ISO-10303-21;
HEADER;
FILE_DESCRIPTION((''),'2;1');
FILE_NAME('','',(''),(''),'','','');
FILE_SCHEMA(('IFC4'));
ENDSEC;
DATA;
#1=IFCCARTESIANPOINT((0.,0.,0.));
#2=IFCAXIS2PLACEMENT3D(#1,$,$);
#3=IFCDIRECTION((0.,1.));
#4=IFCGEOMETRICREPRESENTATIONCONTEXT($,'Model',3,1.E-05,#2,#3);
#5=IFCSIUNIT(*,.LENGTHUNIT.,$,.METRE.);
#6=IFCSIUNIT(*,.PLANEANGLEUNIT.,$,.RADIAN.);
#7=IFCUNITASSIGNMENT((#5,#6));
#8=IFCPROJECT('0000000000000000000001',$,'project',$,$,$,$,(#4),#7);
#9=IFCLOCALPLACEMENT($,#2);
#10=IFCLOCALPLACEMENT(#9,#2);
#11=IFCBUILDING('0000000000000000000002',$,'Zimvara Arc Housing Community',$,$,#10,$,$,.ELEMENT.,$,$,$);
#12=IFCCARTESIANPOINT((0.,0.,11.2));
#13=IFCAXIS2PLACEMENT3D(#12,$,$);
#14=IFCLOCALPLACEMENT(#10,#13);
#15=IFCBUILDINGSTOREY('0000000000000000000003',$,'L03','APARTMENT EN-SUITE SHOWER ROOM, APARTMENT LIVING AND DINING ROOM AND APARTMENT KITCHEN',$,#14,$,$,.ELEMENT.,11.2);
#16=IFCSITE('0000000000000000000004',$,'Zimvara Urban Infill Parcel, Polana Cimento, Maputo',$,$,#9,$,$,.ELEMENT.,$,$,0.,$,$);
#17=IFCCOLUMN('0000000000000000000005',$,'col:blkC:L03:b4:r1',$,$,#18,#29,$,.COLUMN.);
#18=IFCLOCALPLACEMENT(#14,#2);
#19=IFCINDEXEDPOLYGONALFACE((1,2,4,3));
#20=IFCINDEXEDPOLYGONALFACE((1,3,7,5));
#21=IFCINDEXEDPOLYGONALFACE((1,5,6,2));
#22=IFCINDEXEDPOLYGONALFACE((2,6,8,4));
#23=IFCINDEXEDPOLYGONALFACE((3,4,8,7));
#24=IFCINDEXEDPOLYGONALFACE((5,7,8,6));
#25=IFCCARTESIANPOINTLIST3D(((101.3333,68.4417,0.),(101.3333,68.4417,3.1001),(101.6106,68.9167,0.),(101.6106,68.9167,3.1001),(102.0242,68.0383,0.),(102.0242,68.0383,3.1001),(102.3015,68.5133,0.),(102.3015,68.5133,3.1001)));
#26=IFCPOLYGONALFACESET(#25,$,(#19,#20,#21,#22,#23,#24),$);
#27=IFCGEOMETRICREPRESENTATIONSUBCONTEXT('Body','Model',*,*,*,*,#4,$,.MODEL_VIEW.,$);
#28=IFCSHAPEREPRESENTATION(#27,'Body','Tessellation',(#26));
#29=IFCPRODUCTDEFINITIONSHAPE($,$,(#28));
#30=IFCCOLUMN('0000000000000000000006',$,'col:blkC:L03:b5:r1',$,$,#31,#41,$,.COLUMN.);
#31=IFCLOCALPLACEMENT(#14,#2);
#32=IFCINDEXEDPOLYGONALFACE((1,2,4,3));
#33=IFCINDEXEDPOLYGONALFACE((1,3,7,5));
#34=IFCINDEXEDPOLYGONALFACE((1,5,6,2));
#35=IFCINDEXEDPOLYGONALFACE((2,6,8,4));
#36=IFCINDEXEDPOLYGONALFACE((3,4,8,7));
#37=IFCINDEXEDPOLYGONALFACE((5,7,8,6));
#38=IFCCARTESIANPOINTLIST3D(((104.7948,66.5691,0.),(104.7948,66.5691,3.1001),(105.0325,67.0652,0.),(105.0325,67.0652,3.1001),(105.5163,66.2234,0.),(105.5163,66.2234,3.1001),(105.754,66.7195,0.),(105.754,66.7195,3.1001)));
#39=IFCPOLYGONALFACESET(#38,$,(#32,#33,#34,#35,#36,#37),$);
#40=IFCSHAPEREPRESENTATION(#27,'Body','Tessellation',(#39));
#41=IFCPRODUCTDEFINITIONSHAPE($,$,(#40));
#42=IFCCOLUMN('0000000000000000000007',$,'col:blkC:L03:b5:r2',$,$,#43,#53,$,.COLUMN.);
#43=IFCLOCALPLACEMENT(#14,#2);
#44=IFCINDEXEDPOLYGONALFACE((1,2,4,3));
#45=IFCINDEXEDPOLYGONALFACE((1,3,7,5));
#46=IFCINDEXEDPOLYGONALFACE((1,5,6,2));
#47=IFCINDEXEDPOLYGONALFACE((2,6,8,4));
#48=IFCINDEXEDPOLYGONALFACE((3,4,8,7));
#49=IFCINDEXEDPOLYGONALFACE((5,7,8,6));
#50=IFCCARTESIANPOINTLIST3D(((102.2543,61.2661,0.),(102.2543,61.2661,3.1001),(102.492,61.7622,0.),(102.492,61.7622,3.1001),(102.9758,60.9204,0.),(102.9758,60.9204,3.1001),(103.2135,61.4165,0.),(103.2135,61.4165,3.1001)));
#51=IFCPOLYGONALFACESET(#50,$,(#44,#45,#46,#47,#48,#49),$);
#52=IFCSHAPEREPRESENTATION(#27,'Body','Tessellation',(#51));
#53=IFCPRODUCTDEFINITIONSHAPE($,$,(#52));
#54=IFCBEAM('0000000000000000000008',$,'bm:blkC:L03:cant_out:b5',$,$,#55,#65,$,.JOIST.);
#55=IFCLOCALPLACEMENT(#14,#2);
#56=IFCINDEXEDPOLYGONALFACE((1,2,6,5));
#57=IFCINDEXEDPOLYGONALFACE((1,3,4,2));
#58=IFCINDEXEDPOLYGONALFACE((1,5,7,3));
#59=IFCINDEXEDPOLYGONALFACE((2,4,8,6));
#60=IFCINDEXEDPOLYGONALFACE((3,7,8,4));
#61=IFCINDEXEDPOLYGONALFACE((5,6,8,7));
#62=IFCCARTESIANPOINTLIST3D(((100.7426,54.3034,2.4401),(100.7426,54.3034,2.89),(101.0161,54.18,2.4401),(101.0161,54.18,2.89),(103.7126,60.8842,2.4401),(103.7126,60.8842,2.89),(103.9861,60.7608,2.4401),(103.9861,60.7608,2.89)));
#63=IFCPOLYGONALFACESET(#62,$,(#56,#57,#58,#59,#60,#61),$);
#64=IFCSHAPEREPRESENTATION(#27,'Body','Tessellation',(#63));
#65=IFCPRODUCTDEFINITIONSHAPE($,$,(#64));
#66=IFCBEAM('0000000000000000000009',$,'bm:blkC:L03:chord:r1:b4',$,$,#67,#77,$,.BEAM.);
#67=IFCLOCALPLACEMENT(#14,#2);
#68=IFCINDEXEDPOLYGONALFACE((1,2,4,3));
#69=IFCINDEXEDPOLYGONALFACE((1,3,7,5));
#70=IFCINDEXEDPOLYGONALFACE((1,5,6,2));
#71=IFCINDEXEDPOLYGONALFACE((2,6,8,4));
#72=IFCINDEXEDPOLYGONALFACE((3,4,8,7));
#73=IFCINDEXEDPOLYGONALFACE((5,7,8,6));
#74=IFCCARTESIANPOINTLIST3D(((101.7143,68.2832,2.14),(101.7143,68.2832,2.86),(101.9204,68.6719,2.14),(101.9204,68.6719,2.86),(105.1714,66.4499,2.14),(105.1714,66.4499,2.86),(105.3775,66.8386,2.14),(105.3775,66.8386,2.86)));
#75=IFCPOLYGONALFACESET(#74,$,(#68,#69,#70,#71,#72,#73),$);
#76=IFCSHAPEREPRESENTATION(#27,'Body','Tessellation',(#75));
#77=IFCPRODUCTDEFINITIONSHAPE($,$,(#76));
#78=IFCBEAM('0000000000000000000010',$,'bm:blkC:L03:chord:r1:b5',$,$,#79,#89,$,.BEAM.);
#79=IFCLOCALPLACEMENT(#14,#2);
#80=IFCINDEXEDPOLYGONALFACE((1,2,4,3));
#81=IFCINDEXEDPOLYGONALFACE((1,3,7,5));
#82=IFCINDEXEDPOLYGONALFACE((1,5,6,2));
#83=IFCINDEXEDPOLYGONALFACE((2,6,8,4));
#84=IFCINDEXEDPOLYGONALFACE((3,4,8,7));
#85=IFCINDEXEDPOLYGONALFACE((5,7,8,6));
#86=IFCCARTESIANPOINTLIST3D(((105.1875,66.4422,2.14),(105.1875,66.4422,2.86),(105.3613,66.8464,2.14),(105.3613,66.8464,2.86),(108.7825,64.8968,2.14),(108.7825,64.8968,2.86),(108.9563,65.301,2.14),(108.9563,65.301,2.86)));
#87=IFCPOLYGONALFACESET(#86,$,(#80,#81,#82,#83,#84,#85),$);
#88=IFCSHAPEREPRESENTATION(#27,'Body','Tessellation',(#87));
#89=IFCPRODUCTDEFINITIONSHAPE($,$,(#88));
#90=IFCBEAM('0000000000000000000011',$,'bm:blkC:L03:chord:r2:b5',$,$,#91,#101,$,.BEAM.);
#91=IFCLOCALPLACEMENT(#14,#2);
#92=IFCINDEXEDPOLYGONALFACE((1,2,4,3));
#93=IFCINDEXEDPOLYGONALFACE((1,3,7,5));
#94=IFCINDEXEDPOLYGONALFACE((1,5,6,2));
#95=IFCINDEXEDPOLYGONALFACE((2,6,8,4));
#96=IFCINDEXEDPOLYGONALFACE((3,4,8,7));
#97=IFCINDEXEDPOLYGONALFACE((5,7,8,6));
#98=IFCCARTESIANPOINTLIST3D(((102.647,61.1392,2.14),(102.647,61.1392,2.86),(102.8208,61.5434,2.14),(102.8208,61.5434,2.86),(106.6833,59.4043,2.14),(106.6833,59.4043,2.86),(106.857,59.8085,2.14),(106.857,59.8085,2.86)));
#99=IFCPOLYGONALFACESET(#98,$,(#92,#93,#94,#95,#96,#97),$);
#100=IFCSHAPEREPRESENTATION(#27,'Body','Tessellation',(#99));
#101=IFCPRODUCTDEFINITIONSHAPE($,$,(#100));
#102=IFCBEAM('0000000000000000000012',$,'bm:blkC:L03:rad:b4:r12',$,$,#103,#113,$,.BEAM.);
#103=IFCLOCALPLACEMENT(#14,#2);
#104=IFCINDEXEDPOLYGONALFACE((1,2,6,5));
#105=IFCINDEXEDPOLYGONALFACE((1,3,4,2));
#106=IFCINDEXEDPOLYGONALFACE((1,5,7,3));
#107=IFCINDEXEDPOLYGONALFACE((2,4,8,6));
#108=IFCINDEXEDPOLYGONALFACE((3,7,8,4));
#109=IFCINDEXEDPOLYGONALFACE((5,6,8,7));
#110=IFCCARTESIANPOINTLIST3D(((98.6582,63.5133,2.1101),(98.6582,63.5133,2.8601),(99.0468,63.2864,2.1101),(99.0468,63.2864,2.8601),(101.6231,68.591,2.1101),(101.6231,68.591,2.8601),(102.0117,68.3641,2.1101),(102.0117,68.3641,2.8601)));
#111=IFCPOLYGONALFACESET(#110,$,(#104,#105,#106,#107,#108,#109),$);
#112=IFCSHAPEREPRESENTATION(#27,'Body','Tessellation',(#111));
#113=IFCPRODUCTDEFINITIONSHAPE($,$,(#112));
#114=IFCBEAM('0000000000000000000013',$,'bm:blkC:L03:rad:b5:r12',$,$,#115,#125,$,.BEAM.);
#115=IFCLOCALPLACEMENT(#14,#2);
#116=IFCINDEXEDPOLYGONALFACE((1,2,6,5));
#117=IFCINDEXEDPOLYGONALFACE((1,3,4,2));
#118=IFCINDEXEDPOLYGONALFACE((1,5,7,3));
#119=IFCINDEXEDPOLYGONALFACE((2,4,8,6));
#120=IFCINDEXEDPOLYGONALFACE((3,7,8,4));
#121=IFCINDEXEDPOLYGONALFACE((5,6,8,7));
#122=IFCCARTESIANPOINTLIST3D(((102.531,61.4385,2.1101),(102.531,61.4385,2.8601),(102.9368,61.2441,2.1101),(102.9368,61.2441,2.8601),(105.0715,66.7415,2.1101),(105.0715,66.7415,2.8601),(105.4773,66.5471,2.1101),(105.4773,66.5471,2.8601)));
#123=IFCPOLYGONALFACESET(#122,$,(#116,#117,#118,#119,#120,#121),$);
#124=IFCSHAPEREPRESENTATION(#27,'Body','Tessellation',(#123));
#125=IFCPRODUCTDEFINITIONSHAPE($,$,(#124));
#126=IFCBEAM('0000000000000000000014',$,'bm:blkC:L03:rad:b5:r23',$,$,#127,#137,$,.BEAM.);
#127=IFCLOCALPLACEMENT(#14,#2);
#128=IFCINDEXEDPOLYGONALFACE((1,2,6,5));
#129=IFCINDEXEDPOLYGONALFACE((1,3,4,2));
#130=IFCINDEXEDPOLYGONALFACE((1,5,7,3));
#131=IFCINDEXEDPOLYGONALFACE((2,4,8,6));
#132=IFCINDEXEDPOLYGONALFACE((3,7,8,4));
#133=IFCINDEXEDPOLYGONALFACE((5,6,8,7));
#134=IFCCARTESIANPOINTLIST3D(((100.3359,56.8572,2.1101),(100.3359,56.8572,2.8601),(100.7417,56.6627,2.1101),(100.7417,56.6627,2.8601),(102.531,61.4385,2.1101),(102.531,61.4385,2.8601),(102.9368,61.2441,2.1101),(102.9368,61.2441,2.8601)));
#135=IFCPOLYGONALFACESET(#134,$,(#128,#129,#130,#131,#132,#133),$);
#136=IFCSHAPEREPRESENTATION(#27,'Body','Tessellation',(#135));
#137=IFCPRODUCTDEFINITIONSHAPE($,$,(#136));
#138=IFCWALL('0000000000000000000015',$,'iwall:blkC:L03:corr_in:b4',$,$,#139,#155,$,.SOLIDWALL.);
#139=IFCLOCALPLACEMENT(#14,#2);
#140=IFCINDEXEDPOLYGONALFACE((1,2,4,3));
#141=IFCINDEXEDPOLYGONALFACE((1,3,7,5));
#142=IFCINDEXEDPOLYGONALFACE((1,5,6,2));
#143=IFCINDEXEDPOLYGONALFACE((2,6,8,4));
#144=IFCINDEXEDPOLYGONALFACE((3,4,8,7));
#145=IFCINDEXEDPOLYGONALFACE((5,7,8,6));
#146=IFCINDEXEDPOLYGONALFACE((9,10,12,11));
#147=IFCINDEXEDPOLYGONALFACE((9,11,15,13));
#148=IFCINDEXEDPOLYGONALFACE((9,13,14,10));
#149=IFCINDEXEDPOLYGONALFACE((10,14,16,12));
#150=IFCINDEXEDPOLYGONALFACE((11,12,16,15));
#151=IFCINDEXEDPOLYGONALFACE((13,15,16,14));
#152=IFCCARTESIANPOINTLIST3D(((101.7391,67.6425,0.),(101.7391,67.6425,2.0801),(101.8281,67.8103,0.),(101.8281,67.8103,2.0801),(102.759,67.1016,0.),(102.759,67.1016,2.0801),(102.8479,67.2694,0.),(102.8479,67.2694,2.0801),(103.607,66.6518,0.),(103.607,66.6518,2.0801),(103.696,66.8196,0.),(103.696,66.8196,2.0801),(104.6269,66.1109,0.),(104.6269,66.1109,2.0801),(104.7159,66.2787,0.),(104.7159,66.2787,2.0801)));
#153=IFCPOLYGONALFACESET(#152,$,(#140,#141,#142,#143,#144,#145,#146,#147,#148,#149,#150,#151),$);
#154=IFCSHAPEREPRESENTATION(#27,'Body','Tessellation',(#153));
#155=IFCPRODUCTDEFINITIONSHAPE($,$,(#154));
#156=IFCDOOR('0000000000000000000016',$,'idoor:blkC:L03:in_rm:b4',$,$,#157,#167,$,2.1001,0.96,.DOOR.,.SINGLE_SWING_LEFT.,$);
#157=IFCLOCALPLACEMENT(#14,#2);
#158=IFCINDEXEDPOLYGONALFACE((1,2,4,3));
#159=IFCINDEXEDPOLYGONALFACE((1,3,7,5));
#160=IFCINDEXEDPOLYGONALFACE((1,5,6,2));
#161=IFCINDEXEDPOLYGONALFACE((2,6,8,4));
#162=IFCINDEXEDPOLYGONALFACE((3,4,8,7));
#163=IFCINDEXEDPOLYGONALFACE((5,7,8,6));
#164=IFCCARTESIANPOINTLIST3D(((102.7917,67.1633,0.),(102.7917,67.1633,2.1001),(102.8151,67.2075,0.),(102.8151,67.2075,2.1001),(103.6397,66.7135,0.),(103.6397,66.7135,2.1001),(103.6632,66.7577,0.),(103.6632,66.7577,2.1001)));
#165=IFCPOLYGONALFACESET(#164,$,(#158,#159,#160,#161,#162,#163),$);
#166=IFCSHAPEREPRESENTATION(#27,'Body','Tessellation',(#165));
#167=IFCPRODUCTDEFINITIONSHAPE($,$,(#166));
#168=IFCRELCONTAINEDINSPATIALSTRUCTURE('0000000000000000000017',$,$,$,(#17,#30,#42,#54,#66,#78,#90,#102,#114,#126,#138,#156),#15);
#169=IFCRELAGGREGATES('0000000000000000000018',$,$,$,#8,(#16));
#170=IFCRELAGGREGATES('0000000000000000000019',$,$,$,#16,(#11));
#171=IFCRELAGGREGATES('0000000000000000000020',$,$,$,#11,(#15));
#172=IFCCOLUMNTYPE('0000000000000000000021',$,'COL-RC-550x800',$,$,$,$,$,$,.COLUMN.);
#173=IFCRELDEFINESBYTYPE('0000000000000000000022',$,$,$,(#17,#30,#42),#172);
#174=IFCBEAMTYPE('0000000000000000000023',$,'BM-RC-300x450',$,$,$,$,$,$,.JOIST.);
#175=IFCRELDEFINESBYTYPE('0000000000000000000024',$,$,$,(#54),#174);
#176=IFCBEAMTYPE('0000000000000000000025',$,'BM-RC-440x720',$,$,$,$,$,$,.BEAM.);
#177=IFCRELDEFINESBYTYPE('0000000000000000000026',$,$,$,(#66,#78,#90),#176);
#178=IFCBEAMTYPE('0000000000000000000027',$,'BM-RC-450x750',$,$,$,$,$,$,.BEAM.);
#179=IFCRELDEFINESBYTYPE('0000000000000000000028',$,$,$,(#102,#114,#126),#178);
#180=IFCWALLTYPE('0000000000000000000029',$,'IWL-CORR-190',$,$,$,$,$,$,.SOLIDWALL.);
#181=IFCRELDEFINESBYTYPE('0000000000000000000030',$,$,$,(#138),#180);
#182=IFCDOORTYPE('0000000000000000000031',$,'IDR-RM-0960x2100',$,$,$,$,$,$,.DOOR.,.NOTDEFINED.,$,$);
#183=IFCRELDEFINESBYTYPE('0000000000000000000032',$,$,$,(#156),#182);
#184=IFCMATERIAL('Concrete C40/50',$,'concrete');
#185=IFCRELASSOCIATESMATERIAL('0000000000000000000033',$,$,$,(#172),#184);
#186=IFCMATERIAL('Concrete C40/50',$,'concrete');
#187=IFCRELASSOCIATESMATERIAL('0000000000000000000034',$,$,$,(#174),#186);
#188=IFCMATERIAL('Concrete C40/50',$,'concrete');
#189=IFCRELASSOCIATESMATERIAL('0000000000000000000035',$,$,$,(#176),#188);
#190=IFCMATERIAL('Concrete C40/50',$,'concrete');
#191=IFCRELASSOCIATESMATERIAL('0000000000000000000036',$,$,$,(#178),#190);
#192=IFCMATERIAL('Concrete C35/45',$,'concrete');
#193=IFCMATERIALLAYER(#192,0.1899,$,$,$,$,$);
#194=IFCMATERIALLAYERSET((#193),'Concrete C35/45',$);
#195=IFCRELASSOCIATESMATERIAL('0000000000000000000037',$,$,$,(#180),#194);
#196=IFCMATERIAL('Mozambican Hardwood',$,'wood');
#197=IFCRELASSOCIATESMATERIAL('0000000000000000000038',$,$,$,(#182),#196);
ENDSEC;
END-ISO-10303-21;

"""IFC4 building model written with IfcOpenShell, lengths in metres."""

from ifc_helpers import new_model, si_unit, direction, frame, frame_2d, origin, origin_2d, place, context, subcontext, project, spatial, rectangle, extrude, material, layer, layer_set, material_profile, profile_set, type_object, element, fill, save


model = new_model("IFC4")

# Units and contexts
model_context = context("Model", 3, precision=1e-05, world=origin(), true_north=direction((0.0, 1.0)))
body_context = subcontext(model_context, "Body", "Model", "MODEL_VIEW")
ifc_project = project(units=[si_unit("LENGTHUNIT", "METRE"), si_unit("PLANEANGLEUNIT", "RADIAN")], contexts=[model_context])

# Site, building, storey
site_placement = place(None, origin())
site = spatial("IfcSite", under=ifc_project, at=site_placement, Name="Zimvara Urban Infill Parcel, Polana Cimento, Maputo", CompositionType="ELEMENT", RefElevation=0.0)
building_placement = place(site_placement, origin())
building = spatial("IfcBuilding", under=site, at=building_placement, Name="Zimvara Arc Housing Community", CompositionType="ELEMENT")
storey_placement = place(building_placement, frame((0.0, 0.0, 11.2)))
storey = spatial("IfcBuildingStorey", under=building, at=storey_placement, Name="L03", Description="APARTMENT EN-SUITE SHOWER ROOM, APARTMENT LIVING AND DINING ROOM AND APARTMENT KITCHEN", CompositionType="ELEMENT", Elevation=11.2)

# Columns
ifc_material_1 = material(Name="Concrete C40/50", Category="concrete")
ifc_material_profile_1 = material_profile(ifc_material_1, rectangle(XDim=0.55, YDim=0.8, at=origin_2d()), Name="RC 550x800")
ifc_profile_set_1 = profile_set([ifc_material_profile_1], Name="Concrete C40/50")
column_type = type_object("IfcColumnType", Name="COL-RC-550x800", PredefinedType="COLUMN", material=ifc_profile_set_1)
for number, where, z_axis, x_axis, name in (
    (1, (101.8174, 68.4775, 0.0), (0.0, 0.0, 1.0), (-0.504226, -0.863572, 0.0), "col:blkC:L03:b4:r1"),
    (2, (105.2744, 66.6443, 0.0), (0.0, 0.0, 1.0), (-0.432086, -0.901833, 0.0), "col:blkC:L03:b5:r1"),
    (3, (102.7339, 61.3413, 0.0), (0.0, 0.0, 1.0), (-0.432086, -0.901833, 0.0), "col:blkC:L03:b5:r2"),
):
    element("IfcColumn", number, at=place(storey_placement, frame(where, z_axis=z_axis, x_axis=x_axis)), inside=storey, type_object=column_type, Name=name, PredefinedType="COLUMN", context=body_context, shape_type="SweptSolid", body=[
        extrude(rectangle(XDim=0.55, YDim=0.8, at=origin_2d()), origin(), (0.0, 0.0, 1.0), 3.1001),
    ])

# Beams
ifc_material_2 = material(Name="Concrete C40/50", Category="concrete")
ifc_material_profile_2 = material_profile(ifc_material_2, rectangle(XDim=0.3, YDim=0.45, at=origin_2d()), Name="RC 300x450")
ifc_profile_set_2 = profile_set([ifc_material_profile_2], Name="Concrete C40/50")
beam_type_1 = type_object("IfcBeamType", Name="BM-RC-300x450", PredefinedType="JOIST", material=ifc_profile_set_2)
beam_1_placement = place(storey_placement, frame((103.8494, 60.8225, 2.665), z_axis=(-0.411356, -0.911475, 0.0), x_axis=(0.911475, -0.411356, 0.0)))
element("IfcBeam", 4, at=beam_1_placement, inside=storey, type_object=beam_type_1, Name="bm:blkC:L03:cant_out:b5", PredefinedType="JOIST", context=body_context, shape_type="SweptSolid", body=[
    extrude(rectangle(XDim=0.3, YDim=0.45, at=origin_2d()), origin(), (0.0, 0.0, 1.0), 7.22),
])
ifc_material_3 = material(Name="Concrete C40/50", Category="concrete")
ifc_material_profile_3 = material_profile(ifc_material_3, rectangle(XDim=0.4399, YDim=0.72, at=origin_2d()), Name="RC 440x720")
ifc_profile_set_3 = profile_set([ifc_material_profile_3], Name="Concrete C40/50")
beam_type_2 = type_object("IfcBeamType", Name="BM-RC-440x720", PredefinedType="BEAM", material=ifc_profile_set_3)
for number, where, z_axis, x_axis, name in (
    (5, (101.8174, 68.4775, 2.5), (0.883464, -0.468498, 0.0), (0.468498, 0.883464, 0.0), "bm:blkC:L03:chord:r1:b4"),
    (6, (105.2744, 66.6443, 2.5), (0.918709, -0.394936, 0.0), (0.394936, 0.918709, 0.0), "bm:blkC:L03:chord:r1:b5"),
):
    element("IfcBeam", number, at=place(storey_placement, frame(where, z_axis=z_axis, x_axis=x_axis)), inside=storey, type_object=beam_type_2, Name=name, PredefinedType="BEAM", context=body_context, shape_type="SweptSolid", body=[
        extrude(rectangle(XDim=0.4399, YDim=0.72, at=origin_2d()), origin(), (0.0, 0.0, 1.0), 3.9131),
    ])
beam_2_placement = place(storey_placement, frame((102.7339, 61.3413, 2.5), z_axis=(0.918725, -0.394898, 0.0), x_axis=(0.394898, 0.918725, 0.0)))
element("IfcBeam", 7, at=beam_2_placement, inside=storey, type_object=beam_type_2, Name="bm:blkC:L03:chord:r2:b5", PredefinedType="BEAM", context=body_context, shape_type="SweptSolid", body=[
    extrude(rectangle(XDim=0.4399, YDim=0.72, at=origin_2d()), origin(), (0.0, 0.0, 1.0), 4.3933),
])
ifc_material_4 = material(Name="Concrete C40/50", Category="concrete")
ifc_material_profile_4 = material_profile(ifc_material_4, rectangle(XDim=0.45, YDim=0.75, at=origin_2d()), Name="RC 450x750")
ifc_profile_set_4 = profile_set([ifc_material_profile_4], Name="Concrete C40/50")
beam_type_3 = type_object("IfcBeamType", Name="BM-RC-450x750", PredefinedType="BEAM", material=ifc_profile_set_4)
beam_3_placement = place(storey_placement, frame((101.8174, 68.4775, 2.4851), z_axis=(-0.504238, -0.863565, 0.0), x_axis=(0.863565, -0.504238, 0.0)))
element("IfcBeam", 8, at=beam_3_placement, inside=storey, type_object=beam_type_3, Name="bm:blkC:L03:rad:b4:r12", PredefinedType="BEAM", context=body_context, shape_type="SweptSolid", body=[
    extrude(rectangle(XDim=0.45, YDim=0.75, at=origin_2d()), origin(), (0.0, 0.0, 1.0), 5.8799),
])
beam_4_placement = place(storey_placement, frame((105.2744, 66.6443, 2.4851), z_axis=(-0.432053, -0.901848, 0.0), x_axis=(0.901848, -0.432053, 0.0)))
element("IfcBeam", 9, at=beam_4_placement, inside=storey, type_object=beam_type_3, Name="bm:blkC:L03:rad:b5:r12", PredefinedType="BEAM", context=body_context, shape_type="SweptSolid", body=[
    extrude(rectangle(XDim=0.45, YDim=0.75, at=origin_2d()), origin(), (0.0, 0.0, 1.0), 5.8801),
])
beam_5_placement = place(storey_placement, frame((102.7339, 61.3413, 2.4851), z_axis=(-0.432098, -0.901827, 0.0), x_axis=(0.901827, -0.432098, 0.0)))
element("IfcBeam", 10, at=beam_5_placement, inside=storey, type_object=beam_type_3, Name="bm:blkC:L03:rad:b5:r23", PredefinedType="BEAM", context=body_context, shape_type="SweptSolid", body=[
    extrude(rectangle(XDim=0.45, YDim=0.75, at=origin_2d()), origin(), (0.0, 0.0, 1.0), 5.0801),
])

# Wall, opening, door
ifc_material_5 = material(Name="Concrete C35/45", Category="concrete")
ifc_layer_1 = layer(ifc_material_5, 0.1899)
ifc_layer_set_1 = layer_set([ifc_layer_1], Name="Concrete C35/45")
wall_type_1 = type_object("IfcWallType", Name="IWL-CORR-190", PredefinedType="SOLIDWALL", material=ifc_layer_set_1)
wall_1_placement = place(storey_placement, frame((101.7837, 67.7263, 0.0), z_axis=(0.0, 0.0, 1.0), x_axis=(0.883444, -0.468536, 0.0)))
wall_1 = element("IfcWall", 11, at=wall_1_placement, inside=storey, type_object=wall_type_1, Name="iwall:blkC:L03:corr_in:b4", PredefinedType="SOLIDWALL", context=body_context, shape_type="SweptSolid", body=[
    extrude(rectangle(XDim=3.2688, YDim=0.1899, at=frame_2d((1.6343, 0.0))), origin(), (0.0, 0.0, 1.0), 2.0801),
])
opening_1_placement = place(wall_1_placement, frame((1.1543, 0.0, 0.0)))
opening_1 = element("IfcOpeningElement", 12, at=opening_1_placement, cuts=wall_1, PredefinedType="OPENING", context=body_context, shape_type="SweptSolid", body=[
    extrude(rectangle(XDim=0.96, YDim=2.1001, at=frame_2d((0.48, 1.05))), frame((0.0, 0.105, 0.0), z_axis=(0.0, -1.0, 0.0), x_axis=(1.0, 0.0, 0.0)), (0.0, 0.0, 1.0), 0.21),
])
ifc_material_6 = material(Name="Mozambican Hardwood", Category="wood")
door_type_1 = type_object("IfcDoorType", Name="IDR-RM-0960x2100", OperationType="NOTDEFINED", PredefinedType="DOOR", material=ifc_material_6)
door_1_placement = place(opening_1_placement, origin())
door_1 = element("IfcDoor", 13, at=door_1_placement, inside=storey, type_object=door_type_1, Name="idoor:blkC:L03:in_rm:b4", OperationType="SINGLE_SWING_LEFT", OverallHeight=2.1001, OverallWidth=0.96, PredefinedType="DOOR", context=body_context, shape_type="SweptSolid", body=[
    extrude(rectangle(XDim=0.96, YDim=2.1001, at=frame_2d((0.48, 1.05))), frame((0.0, 0.0249, 0.0), z_axis=(0.0, -1.0, 0.0), x_axis=(1.0, 0.0, 0.0)), (0.0, 0.0, 1.0), 0.05),
])
fill(opening_1, door_1)

save(model, "model.ifc")
